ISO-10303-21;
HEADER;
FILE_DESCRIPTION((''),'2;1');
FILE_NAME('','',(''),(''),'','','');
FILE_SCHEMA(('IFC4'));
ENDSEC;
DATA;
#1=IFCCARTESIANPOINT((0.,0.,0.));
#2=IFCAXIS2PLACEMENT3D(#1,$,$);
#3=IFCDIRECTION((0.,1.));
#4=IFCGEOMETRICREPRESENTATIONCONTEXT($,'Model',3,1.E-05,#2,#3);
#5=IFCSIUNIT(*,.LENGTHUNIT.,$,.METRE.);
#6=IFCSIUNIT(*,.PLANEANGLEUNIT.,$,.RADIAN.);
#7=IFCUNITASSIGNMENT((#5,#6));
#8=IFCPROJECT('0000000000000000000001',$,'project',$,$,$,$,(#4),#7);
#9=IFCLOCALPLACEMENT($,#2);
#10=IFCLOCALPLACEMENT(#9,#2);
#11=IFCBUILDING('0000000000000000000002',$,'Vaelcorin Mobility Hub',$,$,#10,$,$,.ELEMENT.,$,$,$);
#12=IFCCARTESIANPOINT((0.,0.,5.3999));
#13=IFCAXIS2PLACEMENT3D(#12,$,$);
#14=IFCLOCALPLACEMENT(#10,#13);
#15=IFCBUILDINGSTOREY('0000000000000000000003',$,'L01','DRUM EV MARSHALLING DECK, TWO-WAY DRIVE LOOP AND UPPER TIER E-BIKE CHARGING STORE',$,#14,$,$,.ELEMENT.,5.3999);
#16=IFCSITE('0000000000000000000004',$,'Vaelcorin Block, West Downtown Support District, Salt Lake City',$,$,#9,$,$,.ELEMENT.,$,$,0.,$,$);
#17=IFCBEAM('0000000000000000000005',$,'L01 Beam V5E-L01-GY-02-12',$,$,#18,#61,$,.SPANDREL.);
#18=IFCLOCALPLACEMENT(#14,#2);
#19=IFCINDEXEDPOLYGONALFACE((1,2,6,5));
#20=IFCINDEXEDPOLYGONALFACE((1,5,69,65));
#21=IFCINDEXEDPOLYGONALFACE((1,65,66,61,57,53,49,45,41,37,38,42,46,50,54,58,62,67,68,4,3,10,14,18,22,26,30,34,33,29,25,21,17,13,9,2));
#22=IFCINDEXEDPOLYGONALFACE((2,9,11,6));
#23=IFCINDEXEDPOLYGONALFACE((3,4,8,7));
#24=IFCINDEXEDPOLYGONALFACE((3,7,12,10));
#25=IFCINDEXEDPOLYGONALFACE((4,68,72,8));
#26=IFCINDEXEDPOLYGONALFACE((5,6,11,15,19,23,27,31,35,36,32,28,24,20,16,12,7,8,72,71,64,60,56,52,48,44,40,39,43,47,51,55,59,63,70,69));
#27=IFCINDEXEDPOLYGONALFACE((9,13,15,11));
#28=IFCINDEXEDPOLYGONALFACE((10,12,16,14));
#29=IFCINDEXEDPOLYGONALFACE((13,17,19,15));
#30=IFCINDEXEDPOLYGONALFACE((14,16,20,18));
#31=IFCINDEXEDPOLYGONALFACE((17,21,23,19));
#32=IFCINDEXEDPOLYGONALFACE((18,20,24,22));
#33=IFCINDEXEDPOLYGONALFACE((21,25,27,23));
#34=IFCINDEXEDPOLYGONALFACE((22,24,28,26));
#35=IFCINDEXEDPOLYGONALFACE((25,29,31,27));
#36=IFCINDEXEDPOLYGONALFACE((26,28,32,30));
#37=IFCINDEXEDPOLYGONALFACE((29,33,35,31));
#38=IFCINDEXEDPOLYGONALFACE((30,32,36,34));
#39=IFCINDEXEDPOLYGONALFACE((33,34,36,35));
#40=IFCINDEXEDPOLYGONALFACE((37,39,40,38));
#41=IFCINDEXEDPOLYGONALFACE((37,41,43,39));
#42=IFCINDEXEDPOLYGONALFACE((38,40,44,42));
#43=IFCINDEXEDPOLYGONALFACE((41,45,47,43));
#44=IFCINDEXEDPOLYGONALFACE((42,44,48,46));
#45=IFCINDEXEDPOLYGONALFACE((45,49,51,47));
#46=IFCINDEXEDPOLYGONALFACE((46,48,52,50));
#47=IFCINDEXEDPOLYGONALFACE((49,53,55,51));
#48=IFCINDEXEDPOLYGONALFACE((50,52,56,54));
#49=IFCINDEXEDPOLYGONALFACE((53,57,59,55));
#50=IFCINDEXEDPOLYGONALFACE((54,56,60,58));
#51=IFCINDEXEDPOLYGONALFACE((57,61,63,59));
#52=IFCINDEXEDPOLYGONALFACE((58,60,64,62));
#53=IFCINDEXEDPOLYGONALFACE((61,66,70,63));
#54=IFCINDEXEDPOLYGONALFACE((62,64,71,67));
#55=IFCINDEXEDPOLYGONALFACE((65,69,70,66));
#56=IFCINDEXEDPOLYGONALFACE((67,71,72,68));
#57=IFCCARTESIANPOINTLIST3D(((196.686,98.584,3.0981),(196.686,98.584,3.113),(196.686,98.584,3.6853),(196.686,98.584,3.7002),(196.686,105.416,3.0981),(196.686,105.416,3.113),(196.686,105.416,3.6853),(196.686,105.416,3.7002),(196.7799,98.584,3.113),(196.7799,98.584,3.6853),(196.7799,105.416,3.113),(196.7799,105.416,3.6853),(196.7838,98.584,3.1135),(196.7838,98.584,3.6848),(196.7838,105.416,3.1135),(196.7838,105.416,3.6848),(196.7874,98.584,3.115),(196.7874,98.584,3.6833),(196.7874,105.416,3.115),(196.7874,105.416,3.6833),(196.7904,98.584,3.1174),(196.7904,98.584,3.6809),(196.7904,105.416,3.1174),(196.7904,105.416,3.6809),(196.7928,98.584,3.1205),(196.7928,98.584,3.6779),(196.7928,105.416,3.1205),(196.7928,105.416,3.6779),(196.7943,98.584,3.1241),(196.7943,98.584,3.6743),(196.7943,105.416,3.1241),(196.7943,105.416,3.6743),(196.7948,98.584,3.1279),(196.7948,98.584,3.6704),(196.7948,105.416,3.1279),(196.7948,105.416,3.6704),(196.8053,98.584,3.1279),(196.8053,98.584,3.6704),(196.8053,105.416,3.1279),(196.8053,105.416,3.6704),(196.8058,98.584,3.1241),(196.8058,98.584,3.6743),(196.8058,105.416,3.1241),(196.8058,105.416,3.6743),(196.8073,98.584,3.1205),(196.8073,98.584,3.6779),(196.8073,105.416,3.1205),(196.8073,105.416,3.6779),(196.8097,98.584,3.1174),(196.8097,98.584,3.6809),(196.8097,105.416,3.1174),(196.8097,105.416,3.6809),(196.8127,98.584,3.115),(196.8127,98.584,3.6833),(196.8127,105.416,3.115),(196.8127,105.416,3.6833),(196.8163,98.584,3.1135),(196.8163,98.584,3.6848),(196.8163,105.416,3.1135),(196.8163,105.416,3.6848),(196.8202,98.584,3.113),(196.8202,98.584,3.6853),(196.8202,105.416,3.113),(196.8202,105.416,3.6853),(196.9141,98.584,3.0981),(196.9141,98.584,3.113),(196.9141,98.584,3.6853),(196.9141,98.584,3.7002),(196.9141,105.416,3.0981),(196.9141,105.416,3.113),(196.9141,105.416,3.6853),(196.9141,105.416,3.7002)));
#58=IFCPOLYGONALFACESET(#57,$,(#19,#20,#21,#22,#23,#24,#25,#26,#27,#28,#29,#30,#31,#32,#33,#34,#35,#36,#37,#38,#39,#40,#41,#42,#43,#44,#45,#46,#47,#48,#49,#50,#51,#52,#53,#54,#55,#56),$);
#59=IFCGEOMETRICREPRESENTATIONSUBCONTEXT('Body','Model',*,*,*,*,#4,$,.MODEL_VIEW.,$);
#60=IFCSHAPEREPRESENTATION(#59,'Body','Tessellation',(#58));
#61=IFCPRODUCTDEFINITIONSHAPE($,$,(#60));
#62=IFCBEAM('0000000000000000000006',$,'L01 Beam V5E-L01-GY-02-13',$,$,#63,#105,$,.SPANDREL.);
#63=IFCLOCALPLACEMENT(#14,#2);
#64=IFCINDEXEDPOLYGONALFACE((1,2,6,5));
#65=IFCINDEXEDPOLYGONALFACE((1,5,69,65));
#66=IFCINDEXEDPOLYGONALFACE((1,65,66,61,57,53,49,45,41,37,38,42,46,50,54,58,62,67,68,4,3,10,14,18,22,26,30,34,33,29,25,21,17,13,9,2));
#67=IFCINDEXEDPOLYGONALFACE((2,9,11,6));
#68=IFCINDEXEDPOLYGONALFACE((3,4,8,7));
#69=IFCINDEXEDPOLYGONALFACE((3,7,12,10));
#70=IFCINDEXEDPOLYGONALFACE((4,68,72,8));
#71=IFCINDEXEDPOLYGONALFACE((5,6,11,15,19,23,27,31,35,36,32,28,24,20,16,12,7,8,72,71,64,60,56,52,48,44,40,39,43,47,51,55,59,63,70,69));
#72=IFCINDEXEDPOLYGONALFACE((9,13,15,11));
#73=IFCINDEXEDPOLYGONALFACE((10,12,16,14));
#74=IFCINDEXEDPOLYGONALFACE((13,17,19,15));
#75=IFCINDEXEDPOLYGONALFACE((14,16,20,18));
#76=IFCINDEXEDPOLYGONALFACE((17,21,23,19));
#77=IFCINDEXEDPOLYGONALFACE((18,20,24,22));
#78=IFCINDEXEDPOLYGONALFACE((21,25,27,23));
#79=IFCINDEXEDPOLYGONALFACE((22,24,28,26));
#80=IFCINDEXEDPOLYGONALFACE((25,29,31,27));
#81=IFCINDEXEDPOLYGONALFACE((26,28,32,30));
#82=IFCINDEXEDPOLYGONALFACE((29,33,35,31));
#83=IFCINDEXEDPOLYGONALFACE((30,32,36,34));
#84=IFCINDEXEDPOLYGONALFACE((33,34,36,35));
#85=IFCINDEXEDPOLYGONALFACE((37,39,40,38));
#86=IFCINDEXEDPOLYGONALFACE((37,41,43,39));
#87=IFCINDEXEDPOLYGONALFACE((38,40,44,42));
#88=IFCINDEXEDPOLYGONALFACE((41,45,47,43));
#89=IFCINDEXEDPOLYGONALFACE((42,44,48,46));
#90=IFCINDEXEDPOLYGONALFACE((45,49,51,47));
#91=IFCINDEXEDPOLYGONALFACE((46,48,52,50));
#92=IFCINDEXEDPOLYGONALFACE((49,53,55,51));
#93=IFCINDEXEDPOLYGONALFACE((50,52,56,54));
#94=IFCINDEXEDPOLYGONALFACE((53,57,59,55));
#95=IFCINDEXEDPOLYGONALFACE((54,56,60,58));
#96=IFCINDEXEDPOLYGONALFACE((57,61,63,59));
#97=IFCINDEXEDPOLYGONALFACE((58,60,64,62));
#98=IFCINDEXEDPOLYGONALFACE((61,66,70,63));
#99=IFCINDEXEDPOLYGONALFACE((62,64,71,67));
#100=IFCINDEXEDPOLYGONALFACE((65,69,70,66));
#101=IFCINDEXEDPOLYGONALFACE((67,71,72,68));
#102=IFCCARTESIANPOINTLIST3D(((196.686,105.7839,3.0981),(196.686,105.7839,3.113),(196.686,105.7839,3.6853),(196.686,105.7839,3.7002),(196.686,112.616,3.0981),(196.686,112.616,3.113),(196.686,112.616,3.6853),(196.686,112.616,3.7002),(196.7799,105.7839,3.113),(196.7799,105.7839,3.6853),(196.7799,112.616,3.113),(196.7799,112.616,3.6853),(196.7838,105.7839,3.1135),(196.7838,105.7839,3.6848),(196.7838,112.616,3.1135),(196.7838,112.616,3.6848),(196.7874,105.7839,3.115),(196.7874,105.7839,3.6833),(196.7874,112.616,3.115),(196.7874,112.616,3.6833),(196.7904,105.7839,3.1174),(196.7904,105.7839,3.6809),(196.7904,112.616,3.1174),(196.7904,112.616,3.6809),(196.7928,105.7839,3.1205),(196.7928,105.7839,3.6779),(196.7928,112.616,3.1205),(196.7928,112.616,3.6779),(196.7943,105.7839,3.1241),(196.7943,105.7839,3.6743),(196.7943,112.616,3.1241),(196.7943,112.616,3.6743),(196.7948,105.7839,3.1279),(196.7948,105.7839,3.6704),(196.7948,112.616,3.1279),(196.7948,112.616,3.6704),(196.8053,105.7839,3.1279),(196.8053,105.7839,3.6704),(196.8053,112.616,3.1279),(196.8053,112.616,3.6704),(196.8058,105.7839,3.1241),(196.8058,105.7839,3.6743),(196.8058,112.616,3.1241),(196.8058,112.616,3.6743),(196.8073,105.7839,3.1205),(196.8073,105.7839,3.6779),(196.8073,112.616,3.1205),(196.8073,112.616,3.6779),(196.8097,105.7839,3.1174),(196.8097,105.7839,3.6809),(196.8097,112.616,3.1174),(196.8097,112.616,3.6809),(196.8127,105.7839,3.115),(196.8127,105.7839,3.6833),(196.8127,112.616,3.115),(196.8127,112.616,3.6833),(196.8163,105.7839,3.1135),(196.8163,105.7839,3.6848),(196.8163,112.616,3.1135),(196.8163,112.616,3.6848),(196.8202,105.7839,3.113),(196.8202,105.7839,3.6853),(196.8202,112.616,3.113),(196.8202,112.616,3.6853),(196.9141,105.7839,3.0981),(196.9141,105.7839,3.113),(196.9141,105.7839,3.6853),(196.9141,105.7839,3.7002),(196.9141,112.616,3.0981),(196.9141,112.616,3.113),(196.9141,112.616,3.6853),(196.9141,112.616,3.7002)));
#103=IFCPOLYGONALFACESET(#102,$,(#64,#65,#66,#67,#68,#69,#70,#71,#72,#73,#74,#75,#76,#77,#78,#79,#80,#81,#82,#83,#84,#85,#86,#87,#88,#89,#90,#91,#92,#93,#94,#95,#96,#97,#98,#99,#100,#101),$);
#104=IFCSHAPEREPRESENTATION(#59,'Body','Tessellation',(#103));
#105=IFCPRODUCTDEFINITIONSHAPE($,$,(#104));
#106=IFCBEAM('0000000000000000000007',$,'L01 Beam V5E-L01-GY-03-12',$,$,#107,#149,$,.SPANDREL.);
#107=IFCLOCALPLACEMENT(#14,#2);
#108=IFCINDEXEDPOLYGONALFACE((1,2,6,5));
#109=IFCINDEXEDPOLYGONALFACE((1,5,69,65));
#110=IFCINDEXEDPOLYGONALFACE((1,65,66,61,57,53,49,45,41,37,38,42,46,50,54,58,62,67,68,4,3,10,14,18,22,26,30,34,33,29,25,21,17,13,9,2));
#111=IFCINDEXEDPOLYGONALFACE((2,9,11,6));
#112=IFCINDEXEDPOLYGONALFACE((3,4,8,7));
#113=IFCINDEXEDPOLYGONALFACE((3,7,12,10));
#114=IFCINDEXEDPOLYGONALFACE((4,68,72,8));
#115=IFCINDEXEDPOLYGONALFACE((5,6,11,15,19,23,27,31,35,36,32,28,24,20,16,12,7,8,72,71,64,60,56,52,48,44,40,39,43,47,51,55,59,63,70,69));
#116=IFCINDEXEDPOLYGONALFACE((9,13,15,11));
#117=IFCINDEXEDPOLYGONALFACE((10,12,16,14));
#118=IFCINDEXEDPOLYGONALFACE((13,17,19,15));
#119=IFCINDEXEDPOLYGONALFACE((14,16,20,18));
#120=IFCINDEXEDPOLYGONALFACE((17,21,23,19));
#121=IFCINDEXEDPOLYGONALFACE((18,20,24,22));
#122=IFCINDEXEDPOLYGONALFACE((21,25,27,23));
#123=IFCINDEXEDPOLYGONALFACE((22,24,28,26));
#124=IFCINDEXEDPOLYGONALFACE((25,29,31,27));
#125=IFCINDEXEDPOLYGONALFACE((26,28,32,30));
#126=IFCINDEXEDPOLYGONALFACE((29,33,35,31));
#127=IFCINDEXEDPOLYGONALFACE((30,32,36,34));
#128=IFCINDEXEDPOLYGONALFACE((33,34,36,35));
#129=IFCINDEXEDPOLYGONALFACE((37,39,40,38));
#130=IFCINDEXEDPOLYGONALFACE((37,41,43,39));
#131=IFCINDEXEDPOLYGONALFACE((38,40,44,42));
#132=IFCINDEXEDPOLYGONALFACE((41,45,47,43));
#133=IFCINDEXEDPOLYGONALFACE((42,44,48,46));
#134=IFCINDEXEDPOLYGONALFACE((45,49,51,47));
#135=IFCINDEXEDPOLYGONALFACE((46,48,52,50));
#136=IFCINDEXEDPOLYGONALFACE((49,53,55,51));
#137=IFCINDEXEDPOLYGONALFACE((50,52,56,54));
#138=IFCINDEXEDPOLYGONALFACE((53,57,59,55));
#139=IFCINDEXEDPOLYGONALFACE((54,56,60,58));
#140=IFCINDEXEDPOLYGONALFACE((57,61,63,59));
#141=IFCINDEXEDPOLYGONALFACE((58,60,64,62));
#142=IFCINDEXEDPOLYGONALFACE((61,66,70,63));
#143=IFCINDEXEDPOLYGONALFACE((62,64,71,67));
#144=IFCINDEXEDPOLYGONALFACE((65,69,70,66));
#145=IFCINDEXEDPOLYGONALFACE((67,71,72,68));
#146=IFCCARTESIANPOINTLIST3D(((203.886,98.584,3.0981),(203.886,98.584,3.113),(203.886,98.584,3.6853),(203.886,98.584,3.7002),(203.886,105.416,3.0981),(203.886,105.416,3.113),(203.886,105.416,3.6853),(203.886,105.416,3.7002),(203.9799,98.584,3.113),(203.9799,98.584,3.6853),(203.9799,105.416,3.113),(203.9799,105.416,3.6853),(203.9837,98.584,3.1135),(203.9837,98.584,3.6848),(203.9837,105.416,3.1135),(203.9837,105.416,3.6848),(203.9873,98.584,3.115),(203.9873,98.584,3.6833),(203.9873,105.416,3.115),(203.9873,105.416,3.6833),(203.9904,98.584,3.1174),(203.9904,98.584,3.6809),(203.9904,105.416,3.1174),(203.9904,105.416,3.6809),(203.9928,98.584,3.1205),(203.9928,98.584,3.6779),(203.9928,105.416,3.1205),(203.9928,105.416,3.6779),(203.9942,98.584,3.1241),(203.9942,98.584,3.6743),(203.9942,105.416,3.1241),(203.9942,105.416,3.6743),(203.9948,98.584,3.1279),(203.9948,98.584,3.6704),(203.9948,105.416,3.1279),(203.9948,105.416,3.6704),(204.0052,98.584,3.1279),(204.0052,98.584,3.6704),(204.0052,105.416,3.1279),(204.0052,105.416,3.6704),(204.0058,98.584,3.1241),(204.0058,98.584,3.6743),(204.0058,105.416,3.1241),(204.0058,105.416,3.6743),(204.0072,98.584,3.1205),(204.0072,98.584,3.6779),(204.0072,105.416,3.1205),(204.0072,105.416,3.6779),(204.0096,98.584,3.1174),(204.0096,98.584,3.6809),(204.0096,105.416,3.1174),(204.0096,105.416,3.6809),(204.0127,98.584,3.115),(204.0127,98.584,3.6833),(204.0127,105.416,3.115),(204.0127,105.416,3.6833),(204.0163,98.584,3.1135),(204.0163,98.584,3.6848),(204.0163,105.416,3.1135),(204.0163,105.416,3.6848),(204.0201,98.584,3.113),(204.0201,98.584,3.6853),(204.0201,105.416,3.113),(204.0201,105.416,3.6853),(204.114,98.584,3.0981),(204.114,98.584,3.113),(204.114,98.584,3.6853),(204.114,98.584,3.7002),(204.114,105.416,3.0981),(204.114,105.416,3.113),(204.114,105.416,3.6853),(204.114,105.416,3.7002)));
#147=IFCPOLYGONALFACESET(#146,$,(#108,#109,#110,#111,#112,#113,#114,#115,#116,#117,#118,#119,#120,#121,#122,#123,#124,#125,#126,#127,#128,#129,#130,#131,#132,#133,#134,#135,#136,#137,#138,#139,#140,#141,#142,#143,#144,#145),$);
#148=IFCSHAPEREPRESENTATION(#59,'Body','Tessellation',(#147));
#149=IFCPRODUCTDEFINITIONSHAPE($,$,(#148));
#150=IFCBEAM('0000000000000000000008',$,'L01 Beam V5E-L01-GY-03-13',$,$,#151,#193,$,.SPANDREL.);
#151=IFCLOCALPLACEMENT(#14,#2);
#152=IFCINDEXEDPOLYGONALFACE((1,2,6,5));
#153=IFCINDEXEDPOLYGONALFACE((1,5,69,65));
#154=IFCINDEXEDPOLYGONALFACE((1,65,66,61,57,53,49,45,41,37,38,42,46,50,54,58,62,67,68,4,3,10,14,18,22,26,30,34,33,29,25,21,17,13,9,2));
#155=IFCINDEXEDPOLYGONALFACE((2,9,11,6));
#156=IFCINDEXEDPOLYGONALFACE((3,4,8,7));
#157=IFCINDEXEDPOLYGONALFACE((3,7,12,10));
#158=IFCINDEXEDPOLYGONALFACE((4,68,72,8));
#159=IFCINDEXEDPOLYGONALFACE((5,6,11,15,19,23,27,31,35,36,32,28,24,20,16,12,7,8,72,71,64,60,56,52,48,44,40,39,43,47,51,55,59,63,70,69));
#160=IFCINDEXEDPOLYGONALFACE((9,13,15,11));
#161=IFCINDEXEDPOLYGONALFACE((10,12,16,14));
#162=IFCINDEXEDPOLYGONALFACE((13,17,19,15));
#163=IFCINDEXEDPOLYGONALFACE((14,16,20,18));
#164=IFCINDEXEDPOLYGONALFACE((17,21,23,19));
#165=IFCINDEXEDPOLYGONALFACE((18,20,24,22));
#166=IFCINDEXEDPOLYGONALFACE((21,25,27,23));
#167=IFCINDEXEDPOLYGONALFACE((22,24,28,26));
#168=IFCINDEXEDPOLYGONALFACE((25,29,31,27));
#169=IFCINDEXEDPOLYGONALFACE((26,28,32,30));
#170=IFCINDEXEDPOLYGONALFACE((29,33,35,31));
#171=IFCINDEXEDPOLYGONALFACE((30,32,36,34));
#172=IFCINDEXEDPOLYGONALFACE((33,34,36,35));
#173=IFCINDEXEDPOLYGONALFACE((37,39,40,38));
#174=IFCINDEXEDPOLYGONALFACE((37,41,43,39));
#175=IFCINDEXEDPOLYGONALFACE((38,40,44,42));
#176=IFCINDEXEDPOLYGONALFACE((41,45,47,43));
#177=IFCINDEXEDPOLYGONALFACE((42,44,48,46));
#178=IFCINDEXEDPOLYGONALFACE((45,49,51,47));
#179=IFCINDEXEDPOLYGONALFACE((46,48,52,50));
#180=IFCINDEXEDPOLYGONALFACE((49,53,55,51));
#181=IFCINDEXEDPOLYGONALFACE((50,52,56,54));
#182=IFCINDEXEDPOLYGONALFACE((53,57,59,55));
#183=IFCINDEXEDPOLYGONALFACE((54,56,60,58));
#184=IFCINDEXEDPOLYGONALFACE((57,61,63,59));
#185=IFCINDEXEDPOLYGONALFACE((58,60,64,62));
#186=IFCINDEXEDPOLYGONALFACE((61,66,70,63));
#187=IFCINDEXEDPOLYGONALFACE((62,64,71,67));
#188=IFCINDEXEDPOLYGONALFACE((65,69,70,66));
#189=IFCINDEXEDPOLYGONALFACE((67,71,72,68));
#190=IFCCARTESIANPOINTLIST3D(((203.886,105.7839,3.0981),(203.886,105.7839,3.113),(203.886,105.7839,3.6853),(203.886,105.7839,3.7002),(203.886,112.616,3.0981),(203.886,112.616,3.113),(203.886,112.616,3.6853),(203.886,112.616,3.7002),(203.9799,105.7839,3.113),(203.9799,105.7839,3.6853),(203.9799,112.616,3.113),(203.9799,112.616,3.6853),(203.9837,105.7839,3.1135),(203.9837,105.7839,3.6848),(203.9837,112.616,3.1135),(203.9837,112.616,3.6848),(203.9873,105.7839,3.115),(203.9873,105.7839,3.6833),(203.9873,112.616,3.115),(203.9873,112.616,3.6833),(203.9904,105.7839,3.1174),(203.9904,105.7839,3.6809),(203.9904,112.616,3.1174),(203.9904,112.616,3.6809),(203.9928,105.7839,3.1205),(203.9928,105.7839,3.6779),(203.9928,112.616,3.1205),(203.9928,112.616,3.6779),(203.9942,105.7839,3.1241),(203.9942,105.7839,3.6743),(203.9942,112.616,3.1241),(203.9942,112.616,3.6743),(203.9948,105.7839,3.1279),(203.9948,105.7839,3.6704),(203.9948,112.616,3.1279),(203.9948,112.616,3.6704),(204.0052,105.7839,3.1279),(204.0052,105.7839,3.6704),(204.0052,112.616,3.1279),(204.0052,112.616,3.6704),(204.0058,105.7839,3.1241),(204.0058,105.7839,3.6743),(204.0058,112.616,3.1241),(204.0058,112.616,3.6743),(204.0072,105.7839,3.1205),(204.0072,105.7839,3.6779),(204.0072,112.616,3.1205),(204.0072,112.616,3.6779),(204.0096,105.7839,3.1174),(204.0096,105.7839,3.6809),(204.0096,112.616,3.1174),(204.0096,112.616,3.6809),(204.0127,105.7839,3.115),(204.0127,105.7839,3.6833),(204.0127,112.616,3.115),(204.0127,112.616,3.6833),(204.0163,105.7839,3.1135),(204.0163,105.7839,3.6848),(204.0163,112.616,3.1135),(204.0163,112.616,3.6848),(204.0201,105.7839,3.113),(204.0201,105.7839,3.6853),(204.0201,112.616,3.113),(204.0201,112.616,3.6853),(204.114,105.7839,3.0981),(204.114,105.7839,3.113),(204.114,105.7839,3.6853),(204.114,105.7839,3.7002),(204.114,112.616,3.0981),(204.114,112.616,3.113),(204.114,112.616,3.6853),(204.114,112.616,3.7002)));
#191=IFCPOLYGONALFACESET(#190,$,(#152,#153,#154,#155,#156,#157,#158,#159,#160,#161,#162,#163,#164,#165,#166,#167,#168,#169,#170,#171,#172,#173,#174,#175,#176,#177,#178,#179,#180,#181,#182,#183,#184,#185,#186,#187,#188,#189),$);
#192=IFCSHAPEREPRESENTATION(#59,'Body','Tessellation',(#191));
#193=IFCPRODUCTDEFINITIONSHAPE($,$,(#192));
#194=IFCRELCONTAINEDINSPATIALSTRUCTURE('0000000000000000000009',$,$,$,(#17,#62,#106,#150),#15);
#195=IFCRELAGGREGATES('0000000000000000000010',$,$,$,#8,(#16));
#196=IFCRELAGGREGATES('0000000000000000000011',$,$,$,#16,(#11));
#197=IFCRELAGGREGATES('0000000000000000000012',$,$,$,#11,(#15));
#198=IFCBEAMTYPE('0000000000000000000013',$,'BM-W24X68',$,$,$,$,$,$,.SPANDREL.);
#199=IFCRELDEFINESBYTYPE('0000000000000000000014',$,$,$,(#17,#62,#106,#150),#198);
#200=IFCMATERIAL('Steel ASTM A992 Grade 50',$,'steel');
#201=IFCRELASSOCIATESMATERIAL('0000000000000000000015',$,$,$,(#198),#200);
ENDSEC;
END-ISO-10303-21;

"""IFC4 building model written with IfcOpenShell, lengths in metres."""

from ifc_helpers import new_model, si_unit, direction, frame, origin, origin_2d, place, context, subcontext, project, spatial, i_section, extrude, material, material_profile, profile_set, type_object, element, save


model = new_model("IFC4")

# Units and contexts
model_context = context("Model", 3, precision=1e-05, world=origin(), true_north=direction((0.0, 1.0)))
body_context = subcontext(model_context, "Body", "Model", "MODEL_VIEW")
ifc_project = project(units=[si_unit("LENGTHUNIT", "METRE"), si_unit("PLANEANGLEUNIT", "RADIAN")], contexts=[model_context])

# Site, building, storey
site_placement = place(None, origin())
site = spatial("IfcSite", under=ifc_project, at=site_placement, Name="Vaelcorin Block, West Downtown Support District, Salt Lake City", CompositionType="ELEMENT", RefElevation=0.0)
building_placement = place(site_placement, origin())
building = spatial("IfcBuilding", under=site, at=building_placement, Name="Vaelcorin Mobility Hub", CompositionType="ELEMENT")
storey_placement = place(building_placement, frame((0.0, 0.0, 5.3999)))
storey = spatial("IfcBuildingStorey", under=building, at=storey_placement, Name="L01", Description="DRUM EV MARSHALLING DECK, TWO-WAY DRIVE LOOP AND UPPER TIER E-BIKE CHARGING STORE", CompositionType="ELEMENT", Elevation=5.3999)

# Shared definitions
ifc_material_1 = material(Name="Steel ASTM A992 Grade 50", Category="steel")

# Beams
ifc_material_profile_1 = material_profile(ifc_material_1, i_section(OverallWidth=0.228, OverallDepth=0.6021, WebThickness=0.0105, FlangeThickness=0.0149, FilletRadius=0.0149, at=origin_2d()), Name="W24X68")
ifc_profile_set_1 = profile_set([ifc_material_profile_1], Name="Steel ASTM A992 Grade 50")
beam_type_1 = type_object("IfcBeamType", Name="BM-W24X68", PredefinedType="SPANDREL", material=ifc_profile_set_1)
for number, where, z_axis, x_axis, name in (
    (1, (196.8, 98.584, 3.3992), (0.0, 1.0, 0.0), (-1.0, 0.0, 0.0), "L01 Beam V5E-L01-GY-02-12"),
    (2, (196.8, 105.7839, 3.3992), (0.0, 1.0, 0.0), (-1.0, 0.0, 0.0), "L01 Beam V5E-L01-GY-02-13"),
    (3, (204.0, 98.584, 3.3992), (0.0, 1.0, 0.0), (-1.0, 0.0, 0.0), "L01 Beam V5E-L01-GY-03-12"),
    (4, (204.0, 105.7839, 3.3992), (0.0, 1.0, 0.0), (-1.0, 0.0, 0.0), "L01 Beam V5E-L01-GY-03-13"),
):
    element("IfcBeam", number, at=place(storey_placement, frame(where, z_axis=z_axis, x_axis=x_axis)), inside=storey, type_object=beam_type_1, Name=name, PredefinedType="SPANDREL", context=body_context, shape_type="SweptSolid", body=[
        extrude(i_section(OverallWidth=0.228, OverallDepth=0.6021, WebThickness=0.0105, FlangeThickness=0.0149, FilletRadius=0.0149, at=origin_2d()), origin(), (0.0, 0.0, 1.0), 6.832),
    ])

save(model, "model.ifc")
